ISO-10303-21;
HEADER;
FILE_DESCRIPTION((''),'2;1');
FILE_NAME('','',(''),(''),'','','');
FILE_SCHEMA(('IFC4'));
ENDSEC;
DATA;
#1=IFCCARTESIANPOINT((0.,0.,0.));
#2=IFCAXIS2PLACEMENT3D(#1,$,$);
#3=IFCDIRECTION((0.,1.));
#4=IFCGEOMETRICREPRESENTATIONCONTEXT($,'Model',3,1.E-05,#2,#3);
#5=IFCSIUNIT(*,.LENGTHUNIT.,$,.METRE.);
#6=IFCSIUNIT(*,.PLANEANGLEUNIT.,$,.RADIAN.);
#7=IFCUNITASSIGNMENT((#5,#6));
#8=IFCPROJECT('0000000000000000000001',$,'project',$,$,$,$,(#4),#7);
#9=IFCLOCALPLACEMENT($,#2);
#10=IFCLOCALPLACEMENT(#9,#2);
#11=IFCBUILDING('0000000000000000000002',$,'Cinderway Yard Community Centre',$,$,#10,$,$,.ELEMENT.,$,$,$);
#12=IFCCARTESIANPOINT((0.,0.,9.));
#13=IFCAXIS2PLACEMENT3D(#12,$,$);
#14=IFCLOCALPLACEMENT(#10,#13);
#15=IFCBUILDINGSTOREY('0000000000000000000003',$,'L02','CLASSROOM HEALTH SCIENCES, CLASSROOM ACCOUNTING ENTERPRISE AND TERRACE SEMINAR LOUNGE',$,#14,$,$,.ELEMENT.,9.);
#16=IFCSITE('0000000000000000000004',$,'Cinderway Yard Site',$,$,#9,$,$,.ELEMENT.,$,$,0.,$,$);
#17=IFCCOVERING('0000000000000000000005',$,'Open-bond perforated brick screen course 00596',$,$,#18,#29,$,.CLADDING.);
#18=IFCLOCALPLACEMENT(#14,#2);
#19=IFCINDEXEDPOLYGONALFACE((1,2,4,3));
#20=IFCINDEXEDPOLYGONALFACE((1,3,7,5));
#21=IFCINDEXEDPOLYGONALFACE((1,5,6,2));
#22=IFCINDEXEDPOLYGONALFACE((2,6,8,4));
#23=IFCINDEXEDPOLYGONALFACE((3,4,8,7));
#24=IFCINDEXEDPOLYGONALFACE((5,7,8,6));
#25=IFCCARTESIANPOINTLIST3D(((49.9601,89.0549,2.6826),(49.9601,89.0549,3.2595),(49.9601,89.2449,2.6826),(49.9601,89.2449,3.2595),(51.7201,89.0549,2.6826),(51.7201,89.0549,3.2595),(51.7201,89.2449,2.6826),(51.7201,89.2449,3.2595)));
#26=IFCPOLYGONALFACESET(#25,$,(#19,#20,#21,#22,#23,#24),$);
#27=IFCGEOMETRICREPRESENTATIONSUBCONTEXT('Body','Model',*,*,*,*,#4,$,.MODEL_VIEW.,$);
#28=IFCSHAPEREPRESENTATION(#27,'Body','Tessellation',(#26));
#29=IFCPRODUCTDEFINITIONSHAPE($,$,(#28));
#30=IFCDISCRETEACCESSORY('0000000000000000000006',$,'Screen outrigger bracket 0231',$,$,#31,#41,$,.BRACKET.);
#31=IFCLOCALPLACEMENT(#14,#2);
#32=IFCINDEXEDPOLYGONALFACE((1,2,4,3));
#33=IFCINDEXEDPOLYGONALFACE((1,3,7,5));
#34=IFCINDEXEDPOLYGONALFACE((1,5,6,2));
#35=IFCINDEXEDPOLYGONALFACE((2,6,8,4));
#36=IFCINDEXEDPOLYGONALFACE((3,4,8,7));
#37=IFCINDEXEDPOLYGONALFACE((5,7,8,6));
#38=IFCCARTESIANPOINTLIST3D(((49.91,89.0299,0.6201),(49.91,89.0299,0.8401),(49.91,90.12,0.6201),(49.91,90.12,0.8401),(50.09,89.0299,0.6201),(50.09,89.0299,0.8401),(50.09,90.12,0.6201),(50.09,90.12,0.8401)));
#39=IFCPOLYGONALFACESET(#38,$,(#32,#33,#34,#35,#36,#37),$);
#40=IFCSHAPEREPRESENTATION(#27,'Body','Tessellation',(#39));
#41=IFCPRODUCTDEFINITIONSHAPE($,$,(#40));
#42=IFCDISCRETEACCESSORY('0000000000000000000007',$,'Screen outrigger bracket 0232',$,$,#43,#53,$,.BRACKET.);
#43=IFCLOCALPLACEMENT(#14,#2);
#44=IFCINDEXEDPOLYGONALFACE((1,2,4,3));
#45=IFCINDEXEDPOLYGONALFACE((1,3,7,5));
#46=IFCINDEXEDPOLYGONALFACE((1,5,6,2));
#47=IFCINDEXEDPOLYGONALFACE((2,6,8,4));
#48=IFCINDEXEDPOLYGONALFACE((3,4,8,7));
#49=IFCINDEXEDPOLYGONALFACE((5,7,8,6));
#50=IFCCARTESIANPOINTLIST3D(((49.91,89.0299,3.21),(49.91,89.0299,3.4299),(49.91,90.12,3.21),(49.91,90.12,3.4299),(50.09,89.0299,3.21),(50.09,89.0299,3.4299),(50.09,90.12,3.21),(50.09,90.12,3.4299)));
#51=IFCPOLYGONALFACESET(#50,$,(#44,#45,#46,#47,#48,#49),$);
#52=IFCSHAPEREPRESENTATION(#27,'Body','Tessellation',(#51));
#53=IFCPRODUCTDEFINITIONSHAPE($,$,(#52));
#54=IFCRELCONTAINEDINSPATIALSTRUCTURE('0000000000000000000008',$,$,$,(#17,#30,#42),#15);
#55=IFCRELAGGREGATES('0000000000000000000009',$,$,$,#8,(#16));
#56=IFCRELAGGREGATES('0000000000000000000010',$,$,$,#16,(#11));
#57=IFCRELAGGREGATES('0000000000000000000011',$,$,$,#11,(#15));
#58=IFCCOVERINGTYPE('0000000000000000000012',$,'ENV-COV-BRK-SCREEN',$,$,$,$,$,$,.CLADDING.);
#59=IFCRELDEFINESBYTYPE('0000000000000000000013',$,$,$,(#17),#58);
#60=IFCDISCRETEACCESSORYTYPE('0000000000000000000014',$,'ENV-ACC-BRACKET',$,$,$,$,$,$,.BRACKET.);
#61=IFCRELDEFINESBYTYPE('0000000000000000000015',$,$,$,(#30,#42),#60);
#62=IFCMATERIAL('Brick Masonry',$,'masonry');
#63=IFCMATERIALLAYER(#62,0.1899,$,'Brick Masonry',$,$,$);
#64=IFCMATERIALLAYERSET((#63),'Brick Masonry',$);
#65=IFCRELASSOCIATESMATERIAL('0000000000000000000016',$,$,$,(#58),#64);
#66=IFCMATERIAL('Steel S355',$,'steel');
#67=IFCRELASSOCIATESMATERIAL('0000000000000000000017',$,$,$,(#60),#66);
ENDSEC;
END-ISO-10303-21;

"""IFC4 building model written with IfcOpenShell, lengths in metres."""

from ifc_helpers import new_model, si_unit, direction, frame, origin, origin_2d, place, context, subcontext, project, spatial, rectangle, extrude, material, layer, layer_set, type_object, element, save


model = new_model("IFC4")

# Units and contexts
model_context = context("Model", 3, precision=1e-05, world=origin(), true_north=direction((0.0, 1.0)))
body_context = subcontext(model_context, "Body", "Model", "MODEL_VIEW")
ifc_project = project(units=[si_unit("LENGTHUNIT", "METRE"), si_unit("PLANEANGLEUNIT", "RADIAN")], contexts=[model_context])

# Site, building, storey
site_placement = place(None, origin())
site = spatial("IfcSite", under=ifc_project, at=site_placement, Name="Cinderway Yard Site", CompositionType="ELEMENT", RefElevation=0.0)
building_placement = place(site_placement, origin())
building = spatial("IfcBuilding", under=site, at=building_placement, Name="Cinderway Yard Community Centre", CompositionType="ELEMENT")
storey_placement = place(building_placement, frame((0.0, 0.0, 9.0)))
storey = spatial("IfcBuildingStorey", under=building, at=storey_placement, Name="L02", Description="CLASSROOM HEALTH SCIENCES, CLASSROOM ACCOUNTING ENTERPRISE AND TERRACE SEMINAR LOUNGE", CompositionType="ELEMENT", Elevation=9.0)

# Shared definitions
ifc_material_1 = material(Name="Steel S355", Category="steel")

# Covering
ifc_material_2 = material(Name="Brick Masonry", Category="masonry")
ifc_layer_1 = layer(ifc_material_2, 0.1899, Name="Brick Masonry")
ifc_layer_set_1 = layer_set([ifc_layer_1], Name="Brick Masonry")
covering_type = type_object("IfcCoveringType", Name="ENV-COV-BRK-SCREEN", PredefinedType="CLADDING", material=ifc_layer_set_1)
for number, where, z_axis, x_axis, name in (
    (1, (50.8401, 89.1499, 2.6826), (0.0, 0.0, 1.0), (-1.0, 0.0, 0.0), "Open-bond perforated brick screen course 00596"),
):
    element("IfcCovering", number, at=place(storey_placement, frame(where, z_axis=z_axis, x_axis=x_axis)), inside=storey, type_object=covering_type, Name=name, PredefinedType="CLADDING", context=body_context, shape_type="SweptSolid", body=[
        extrude(rectangle(XDim=1.76, YDim=0.1899, at=origin_2d()), origin(), (0.0, 0.0, 1.0), 0.5769),
    ])

# Discrete accessories
discrete_accessory_type = type_object("IfcDiscreteAccessoryType", Name="ENV-ACC-BRACKET", PredefinedType="BRACKET", material=ifc_material_1)
for number, where, z_axis, x_axis, name in (
    (2, (50.0, 89.575, 0.6201), (0.0, 0.0, 1.0), (0.0, -1.0, 0.0), "Screen outrigger bracket 0231"),
    (3, (50.0, 89.575, 3.21), (0.0, 0.0, 1.0), (0.0, -1.0, 0.0), "Screen outrigger bracket 0232"),
):
    element("IfcDiscreteAccessory", number, at=place(storey_placement, frame(where, z_axis=z_axis, x_axis=x_axis)), inside=storey, type_object=discrete_accessory_type, Name=name, PredefinedType="BRACKET", context=body_context, shape_type="SweptSolid", body=[
        extrude(rectangle(XDim=1.0901, YDim=0.1799, at=origin_2d()), origin(), (0.0, 0.0, 1.0), 0.22),
    ])

save(model, "model.ifc")
